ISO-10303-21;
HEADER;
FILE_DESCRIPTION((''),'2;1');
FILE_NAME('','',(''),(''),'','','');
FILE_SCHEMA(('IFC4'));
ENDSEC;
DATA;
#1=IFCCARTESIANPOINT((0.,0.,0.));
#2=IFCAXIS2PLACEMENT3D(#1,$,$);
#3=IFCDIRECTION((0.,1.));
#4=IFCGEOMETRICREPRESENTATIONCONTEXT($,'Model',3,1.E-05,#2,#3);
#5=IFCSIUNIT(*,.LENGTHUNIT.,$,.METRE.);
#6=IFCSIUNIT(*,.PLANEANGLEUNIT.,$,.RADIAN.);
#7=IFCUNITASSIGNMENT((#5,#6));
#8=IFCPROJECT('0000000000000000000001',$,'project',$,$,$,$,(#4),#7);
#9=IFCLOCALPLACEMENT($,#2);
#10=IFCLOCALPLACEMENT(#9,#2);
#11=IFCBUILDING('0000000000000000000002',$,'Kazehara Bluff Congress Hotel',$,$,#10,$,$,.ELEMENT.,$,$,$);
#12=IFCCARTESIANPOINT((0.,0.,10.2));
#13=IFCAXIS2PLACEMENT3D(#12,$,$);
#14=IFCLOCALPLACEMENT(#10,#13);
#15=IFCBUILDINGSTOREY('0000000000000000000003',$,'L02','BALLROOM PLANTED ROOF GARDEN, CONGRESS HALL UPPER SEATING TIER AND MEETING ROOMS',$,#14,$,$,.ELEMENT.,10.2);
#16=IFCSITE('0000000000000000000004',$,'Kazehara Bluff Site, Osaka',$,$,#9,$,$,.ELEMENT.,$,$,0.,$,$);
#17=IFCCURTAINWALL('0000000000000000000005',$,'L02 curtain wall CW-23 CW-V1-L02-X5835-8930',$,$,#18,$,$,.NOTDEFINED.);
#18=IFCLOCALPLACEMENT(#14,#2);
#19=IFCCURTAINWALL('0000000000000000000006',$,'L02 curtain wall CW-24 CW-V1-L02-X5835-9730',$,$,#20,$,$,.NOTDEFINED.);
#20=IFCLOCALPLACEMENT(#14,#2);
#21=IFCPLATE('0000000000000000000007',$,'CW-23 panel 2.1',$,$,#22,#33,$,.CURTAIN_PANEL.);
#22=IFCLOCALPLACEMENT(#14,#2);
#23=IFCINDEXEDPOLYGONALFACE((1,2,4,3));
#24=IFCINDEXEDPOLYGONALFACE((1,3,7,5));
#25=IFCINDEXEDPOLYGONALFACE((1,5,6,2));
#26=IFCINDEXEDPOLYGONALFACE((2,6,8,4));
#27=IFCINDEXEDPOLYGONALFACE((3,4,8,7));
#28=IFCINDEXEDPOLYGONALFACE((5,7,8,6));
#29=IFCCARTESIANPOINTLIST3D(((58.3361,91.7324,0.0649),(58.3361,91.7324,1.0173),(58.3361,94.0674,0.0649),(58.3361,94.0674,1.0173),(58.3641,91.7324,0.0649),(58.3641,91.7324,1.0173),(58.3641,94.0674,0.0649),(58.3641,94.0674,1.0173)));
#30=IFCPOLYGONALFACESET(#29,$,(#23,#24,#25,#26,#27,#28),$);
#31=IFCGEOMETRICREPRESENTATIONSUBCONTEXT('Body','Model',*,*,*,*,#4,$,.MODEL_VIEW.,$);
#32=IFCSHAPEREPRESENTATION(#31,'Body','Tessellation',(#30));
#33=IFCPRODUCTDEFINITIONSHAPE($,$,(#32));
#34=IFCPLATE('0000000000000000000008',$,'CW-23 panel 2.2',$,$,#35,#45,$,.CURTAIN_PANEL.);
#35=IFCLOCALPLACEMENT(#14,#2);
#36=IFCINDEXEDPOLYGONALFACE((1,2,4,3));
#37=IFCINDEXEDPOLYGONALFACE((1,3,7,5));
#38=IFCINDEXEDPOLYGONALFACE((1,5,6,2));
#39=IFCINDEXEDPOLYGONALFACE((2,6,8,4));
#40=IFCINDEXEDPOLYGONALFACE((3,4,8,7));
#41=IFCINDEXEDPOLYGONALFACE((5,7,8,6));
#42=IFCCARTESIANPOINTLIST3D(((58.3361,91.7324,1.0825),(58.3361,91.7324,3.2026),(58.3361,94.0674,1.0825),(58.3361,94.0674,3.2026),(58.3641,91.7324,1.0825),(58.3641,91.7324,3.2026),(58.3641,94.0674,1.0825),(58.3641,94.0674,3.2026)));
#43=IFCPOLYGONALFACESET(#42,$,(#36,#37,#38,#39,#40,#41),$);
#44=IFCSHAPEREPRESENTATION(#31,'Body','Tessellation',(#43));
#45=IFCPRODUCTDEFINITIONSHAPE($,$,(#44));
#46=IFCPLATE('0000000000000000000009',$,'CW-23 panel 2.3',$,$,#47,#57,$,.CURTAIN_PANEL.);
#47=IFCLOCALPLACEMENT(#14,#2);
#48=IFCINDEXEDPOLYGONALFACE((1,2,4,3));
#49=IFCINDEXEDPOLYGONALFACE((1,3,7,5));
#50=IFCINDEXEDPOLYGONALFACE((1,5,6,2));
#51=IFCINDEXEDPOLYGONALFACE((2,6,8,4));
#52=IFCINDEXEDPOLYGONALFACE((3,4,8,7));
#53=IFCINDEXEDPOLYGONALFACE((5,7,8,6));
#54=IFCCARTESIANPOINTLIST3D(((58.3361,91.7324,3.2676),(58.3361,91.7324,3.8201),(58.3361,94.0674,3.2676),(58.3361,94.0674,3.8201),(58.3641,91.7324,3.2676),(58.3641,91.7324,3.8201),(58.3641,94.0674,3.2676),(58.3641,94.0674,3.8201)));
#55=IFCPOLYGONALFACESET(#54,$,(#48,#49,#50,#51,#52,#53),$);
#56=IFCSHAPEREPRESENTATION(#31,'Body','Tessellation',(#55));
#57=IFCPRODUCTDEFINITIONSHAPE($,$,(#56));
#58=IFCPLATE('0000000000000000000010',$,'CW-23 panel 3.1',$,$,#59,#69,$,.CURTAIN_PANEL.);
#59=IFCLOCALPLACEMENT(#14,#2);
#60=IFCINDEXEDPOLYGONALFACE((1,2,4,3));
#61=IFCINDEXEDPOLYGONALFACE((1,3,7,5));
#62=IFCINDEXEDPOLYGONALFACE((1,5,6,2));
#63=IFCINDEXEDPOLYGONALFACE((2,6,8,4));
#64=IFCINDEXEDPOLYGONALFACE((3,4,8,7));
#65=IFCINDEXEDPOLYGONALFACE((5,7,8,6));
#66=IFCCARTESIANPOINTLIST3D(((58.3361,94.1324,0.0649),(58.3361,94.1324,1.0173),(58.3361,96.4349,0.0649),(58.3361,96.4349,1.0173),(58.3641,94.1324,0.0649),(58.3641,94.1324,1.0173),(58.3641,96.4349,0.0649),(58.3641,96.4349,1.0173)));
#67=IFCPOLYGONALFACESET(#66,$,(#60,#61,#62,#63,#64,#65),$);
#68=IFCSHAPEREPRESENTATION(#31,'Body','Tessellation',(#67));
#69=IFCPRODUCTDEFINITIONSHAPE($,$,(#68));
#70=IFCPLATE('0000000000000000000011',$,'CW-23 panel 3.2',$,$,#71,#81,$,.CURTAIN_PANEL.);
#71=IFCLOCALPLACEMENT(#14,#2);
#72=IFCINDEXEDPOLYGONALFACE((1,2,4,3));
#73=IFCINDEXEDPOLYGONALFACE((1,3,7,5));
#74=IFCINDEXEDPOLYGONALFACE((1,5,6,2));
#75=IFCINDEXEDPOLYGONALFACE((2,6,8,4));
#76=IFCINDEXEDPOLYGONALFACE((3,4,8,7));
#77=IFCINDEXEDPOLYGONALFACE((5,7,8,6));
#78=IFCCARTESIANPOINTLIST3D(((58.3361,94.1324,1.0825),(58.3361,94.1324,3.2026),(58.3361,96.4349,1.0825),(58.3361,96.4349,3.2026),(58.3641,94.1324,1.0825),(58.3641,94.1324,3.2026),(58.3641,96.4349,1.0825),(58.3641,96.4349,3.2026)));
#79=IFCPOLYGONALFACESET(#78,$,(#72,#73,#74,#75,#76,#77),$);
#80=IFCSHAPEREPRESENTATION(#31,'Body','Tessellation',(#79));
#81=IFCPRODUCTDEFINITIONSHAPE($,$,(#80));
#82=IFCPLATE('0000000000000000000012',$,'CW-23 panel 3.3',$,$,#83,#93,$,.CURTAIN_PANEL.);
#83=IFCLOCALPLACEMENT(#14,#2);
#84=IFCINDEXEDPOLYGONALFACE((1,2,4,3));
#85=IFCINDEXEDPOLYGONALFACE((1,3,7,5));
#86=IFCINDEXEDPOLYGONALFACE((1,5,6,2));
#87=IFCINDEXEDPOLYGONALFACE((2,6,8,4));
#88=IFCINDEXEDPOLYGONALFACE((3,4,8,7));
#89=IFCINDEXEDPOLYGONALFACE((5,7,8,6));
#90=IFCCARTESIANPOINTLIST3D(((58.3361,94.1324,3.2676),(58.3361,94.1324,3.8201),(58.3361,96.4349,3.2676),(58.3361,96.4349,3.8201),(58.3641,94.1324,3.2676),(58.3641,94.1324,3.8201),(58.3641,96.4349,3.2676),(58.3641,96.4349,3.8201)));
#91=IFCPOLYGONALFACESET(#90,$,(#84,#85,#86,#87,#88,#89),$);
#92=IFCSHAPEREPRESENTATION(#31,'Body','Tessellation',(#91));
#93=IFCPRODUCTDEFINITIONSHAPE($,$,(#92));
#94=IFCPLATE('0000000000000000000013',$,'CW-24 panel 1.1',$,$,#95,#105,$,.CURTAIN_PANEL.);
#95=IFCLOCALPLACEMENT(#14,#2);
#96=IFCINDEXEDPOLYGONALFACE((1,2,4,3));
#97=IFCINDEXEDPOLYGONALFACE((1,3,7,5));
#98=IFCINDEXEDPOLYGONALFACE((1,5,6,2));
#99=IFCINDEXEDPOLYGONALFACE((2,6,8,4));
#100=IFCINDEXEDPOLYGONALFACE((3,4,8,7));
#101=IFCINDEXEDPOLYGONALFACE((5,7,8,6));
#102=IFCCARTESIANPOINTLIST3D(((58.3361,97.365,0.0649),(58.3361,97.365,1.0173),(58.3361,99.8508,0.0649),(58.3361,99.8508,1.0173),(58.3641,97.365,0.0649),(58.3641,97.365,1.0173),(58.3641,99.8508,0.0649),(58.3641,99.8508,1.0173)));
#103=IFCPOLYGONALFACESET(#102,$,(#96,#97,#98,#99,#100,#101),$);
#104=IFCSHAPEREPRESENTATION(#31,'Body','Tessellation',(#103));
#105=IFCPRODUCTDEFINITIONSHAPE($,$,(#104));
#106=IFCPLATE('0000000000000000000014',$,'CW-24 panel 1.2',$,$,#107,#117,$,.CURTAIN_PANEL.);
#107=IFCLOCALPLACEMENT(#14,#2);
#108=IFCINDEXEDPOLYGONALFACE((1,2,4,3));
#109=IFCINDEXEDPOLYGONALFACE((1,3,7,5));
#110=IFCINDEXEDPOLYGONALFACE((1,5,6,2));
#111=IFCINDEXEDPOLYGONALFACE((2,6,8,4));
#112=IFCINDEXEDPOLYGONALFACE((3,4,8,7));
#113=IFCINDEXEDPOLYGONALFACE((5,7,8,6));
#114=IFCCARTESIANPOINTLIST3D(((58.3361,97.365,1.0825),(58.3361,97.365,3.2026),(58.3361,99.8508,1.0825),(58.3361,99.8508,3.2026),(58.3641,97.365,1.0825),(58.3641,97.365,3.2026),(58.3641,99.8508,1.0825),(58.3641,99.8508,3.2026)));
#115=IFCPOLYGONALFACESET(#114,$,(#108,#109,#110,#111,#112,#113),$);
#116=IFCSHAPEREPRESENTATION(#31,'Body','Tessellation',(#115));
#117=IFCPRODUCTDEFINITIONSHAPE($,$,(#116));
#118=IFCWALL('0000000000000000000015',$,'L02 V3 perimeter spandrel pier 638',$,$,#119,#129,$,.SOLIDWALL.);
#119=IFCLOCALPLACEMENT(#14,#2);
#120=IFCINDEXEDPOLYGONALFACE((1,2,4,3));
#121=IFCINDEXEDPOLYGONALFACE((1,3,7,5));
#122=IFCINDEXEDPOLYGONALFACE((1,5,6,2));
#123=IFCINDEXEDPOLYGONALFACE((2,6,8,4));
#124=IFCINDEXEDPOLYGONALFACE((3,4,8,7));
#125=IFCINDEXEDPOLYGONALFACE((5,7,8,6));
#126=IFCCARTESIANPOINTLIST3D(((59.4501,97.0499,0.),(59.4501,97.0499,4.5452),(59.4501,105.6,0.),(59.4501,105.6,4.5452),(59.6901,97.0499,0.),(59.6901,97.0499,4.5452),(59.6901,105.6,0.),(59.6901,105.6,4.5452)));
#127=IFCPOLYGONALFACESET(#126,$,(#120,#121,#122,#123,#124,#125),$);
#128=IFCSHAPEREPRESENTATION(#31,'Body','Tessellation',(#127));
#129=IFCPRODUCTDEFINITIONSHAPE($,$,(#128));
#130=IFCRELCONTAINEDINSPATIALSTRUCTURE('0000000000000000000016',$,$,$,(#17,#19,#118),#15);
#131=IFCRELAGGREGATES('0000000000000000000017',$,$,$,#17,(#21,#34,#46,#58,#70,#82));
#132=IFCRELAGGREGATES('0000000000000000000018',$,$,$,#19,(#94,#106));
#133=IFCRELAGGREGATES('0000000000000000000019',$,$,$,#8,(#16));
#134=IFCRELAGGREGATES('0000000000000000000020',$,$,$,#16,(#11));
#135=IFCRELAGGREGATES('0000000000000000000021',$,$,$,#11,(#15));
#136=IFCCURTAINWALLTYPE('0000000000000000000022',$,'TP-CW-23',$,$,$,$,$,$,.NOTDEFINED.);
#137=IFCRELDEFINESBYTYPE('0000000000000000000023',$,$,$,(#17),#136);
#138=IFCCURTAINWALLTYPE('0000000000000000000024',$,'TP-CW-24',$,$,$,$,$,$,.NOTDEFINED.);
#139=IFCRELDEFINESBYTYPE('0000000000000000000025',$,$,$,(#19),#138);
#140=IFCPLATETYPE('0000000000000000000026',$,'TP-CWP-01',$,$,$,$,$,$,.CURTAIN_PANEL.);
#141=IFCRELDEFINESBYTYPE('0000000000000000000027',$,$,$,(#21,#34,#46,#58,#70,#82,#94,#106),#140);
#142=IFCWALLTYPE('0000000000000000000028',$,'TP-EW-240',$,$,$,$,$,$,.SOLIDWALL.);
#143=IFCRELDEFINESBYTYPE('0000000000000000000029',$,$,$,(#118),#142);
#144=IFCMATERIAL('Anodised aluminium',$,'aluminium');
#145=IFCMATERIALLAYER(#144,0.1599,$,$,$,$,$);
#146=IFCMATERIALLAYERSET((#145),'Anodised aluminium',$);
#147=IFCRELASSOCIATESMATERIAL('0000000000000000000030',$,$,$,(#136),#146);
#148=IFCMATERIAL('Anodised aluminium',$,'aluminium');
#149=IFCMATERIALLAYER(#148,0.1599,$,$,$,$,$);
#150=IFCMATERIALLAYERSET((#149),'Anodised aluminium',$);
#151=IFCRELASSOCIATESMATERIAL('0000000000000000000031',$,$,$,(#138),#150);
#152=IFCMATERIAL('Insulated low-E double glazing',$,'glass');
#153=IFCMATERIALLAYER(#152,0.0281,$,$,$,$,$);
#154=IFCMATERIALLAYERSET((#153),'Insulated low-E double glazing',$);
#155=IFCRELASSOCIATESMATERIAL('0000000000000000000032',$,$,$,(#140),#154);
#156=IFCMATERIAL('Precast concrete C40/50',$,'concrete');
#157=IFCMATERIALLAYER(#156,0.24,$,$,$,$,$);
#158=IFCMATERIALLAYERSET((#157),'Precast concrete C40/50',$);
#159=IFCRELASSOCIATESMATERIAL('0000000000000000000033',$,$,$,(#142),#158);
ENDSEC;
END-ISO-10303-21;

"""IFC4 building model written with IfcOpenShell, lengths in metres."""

from ifc_helpers import new_model, si_unit, direction, frame, frame_2d, origin, origin_2d, place, context, subcontext, project, spatial, rectangle, extrude, material, layer, layer_set, type_object, element, aggregate, save


model = new_model("IFC4")

# Units and contexts
model_context = context("Model", 3, precision=1e-05, world=origin(), true_north=direction((0.0, 1.0)))
body_context = subcontext(model_context, "Body", "Model", "MODEL_VIEW")
ifc_project = project(units=[si_unit("LENGTHUNIT", "METRE"), si_unit("PLANEANGLEUNIT", "RADIAN")], contexts=[model_context])

# Site, building, storey
site_placement = place(None, origin())
site = spatial("IfcSite", under=ifc_project, at=site_placement, Name="Kazehara Bluff Site, Osaka", CompositionType="ELEMENT", RefElevation=0.0)
building_placement = place(site_placement, origin())
building = spatial("IfcBuilding", under=site, at=building_placement, Name="Kazehara Bluff Congress Hotel", CompositionType="ELEMENT")
storey_placement = place(building_placement, frame((0.0, 0.0, 10.2)))
storey = spatial("IfcBuildingStorey", under=building, at=storey_placement, Name="L02", Description="BALLROOM PLANTED ROOF GARDEN, CONGRESS HALL UPPER SEATING TIER AND MEETING ROOMS", CompositionType="ELEMENT", Elevation=10.2)

# Curtain wall
ifc_material_1 = material(Name="Anodised aluminium", Category="aluminium")
ifc_layer_1 = layer(ifc_material_1, 0.1599)
ifc_layer_set_1 = layer_set([ifc_layer_1], Name="Anodised aluminium")
curtain_wall_type_1 = type_object("IfcCurtainWallType", Name="TP-CW-23", PredefinedType="NOTDEFINED", material=ifc_layer_set_1)
curtain_wall_1_placement = place(storey_placement, origin())
curtain_wall_1 = element("IfcCurtainWall", 1, at=curtain_wall_1_placement, inside=storey, type_object=curtain_wall_type_1, Name="L02 curtain wall CW-23 CW-V1-L02-X5835-8930", PredefinedType="NOTDEFINED")

# Curtain wall
ifc_material_2 = material(Name="Anodised aluminium", Category="aluminium")
ifc_layer_2 = layer(ifc_material_2, 0.1599)
ifc_layer_set_2 = layer_set([ifc_layer_2], Name="Anodised aluminium")
curtain_wall_type_2 = type_object("IfcCurtainWallType", Name="TP-CW-24", PredefinedType="NOTDEFINED", material=ifc_layer_set_2)
curtain_wall_2_placement = place(storey_placement, origin())
curtain_wall_2 = element("IfcCurtainWall", 2, at=curtain_wall_2_placement, inside=storey, type_object=curtain_wall_type_2, Name="L02 curtain wall CW-24 CW-V1-L02-X5835-9730", PredefinedType="NOTDEFINED")

# Plates
ifc_material_3 = material(Name="Insulated low-E double glazing", Category="glass")
ifc_layer_3 = layer(ifc_material_3, 0.0281)
ifc_layer_set_3 = layer_set([ifc_layer_3], Name="Insulated low-E double glazing")
plate_type = type_object("IfcPlateType", Name="TP-CWP-01", PredefinedType="CURTAIN_PANEL", material=ifc_layer_set_3)
plate_1_placement = place(storey_placement, frame((58.3501, 92.8999, 0.0649), z_axis=(0.0, 0.0, 1.0), x_axis=(0.0, 1.0, 0.0)))
plate_1 = element("IfcPlate", 3, at=plate_1_placement, type_object=plate_type, Name="CW-23 panel 2.1", PredefinedType="CURTAIN_PANEL", context=body_context, shape_type="SweptSolid", body=[
    extrude(rectangle(XDim=2.335, YDim=0.0281, at=origin_2d()), origin(), (0.0, 0.0, 1.0), 0.9524),
])
plate_2_placement = place(storey_placement, frame((58.3501, 92.8999, 1.0825), z_axis=(0.0, 0.0, 1.0), x_axis=(0.0, 1.0, 0.0)))
plate_2 = element("IfcPlate", 4, at=plate_2_placement, type_object=plate_type, Name="CW-23 panel 2.2", PredefinedType="CURTAIN_PANEL", context=body_context, shape_type="SweptSolid", body=[
    extrude(rectangle(XDim=2.335, YDim=0.0281, at=origin_2d()), origin(), (0.0, 0.0, 1.0), 2.1201),
])
plate_3_placement = place(storey_placement, frame((58.3501, 92.8999, 3.2676), z_axis=(0.0, 0.0, 1.0), x_axis=(0.0, 1.0, 0.0)))
plate_3 = element("IfcPlate", 5, at=plate_3_placement, type_object=plate_type, Name="CW-23 panel 2.3", PredefinedType="CURTAIN_PANEL", context=body_context, shape_type="SweptSolid", body=[
    extrude(rectangle(XDim=2.335, YDim=0.0281, at=origin_2d()), origin(), (0.0, 0.0, 1.0), 0.5525),
])
plate_4_placement = place(storey_placement, frame((58.3501, 95.2837, 0.0649), z_axis=(0.0, 0.0, 1.0), x_axis=(0.0, 1.0, 0.0)))
plate_4 = element("IfcPlate", 6, at=plate_4_placement, type_object=plate_type, Name="CW-23 panel 3.1", PredefinedType="CURTAIN_PANEL", context=body_context, shape_type="SweptSolid", body=[
    extrude(rectangle(XDim=2.3025, YDim=0.0281, at=origin_2d()), origin(), (0.0, 0.0, 1.0), 0.9524),
])
plate_5_placement = place(storey_placement, frame((58.3501, 95.2837, 1.0825), z_axis=(0.0, 0.0, 1.0), x_axis=(0.0, 1.0, 0.0)))
plate_5 = element("IfcPlate", 7, at=plate_5_placement, type_object=plate_type, Name="CW-23 panel 3.2", PredefinedType="CURTAIN_PANEL", context=body_context, shape_type="SweptSolid", body=[
    extrude(rectangle(XDim=2.3025, YDim=0.0281, at=origin_2d()), origin(), (0.0, 0.0, 1.0), 2.1201),
])
plate_6_placement = place(storey_placement, frame((58.3501, 95.2837, 3.2676), z_axis=(0.0, 0.0, 1.0), x_axis=(0.0, 1.0, 0.0)))
plate_6 = element("IfcPlate", 8, at=plate_6_placement, type_object=plate_type, Name="CW-23 panel 3.3", PredefinedType="CURTAIN_PANEL", context=body_context, shape_type="SweptSolid", body=[
    extrude(rectangle(XDim=2.3025, YDim=0.0281, at=origin_2d()), origin(), (0.0, 0.0, 1.0), 0.5525),
])
aggregate(curtain_wall_1, [plate_1, plate_2, plate_3, plate_4, plate_5, plate_6])
plate_7_placement = place(storey_placement, frame((58.3501, 98.6079, 0.0649), z_axis=(0.0, 0.0, 1.0), x_axis=(0.0, 1.0, 0.0)))
plate_7 = element("IfcPlate", 9, at=plate_7_placement, type_object=plate_type, Name="CW-24 panel 1.1", PredefinedType="CURTAIN_PANEL", context=body_context, shape_type="SweptSolid", body=[
    extrude(rectangle(XDim=2.4858, YDim=0.0281, at=origin_2d()), origin(), (0.0, 0.0, 1.0), 0.9524),
])
plate_8_placement = place(storey_placement, frame((58.3501, 98.6079, 1.0825), z_axis=(0.0, 0.0, 1.0), x_axis=(0.0, 1.0, 0.0)))
plate_8 = element("IfcPlate", 10, at=plate_8_placement, type_object=plate_type, Name="CW-24 panel 1.2", PredefinedType="CURTAIN_PANEL", context=body_context, shape_type="SweptSolid", body=[
    extrude(rectangle(XDim=2.4858, YDim=0.0281, at=origin_2d()), origin(), (0.0, 0.0, 1.0), 2.1201),
])
aggregate(curtain_wall_2, [plate_7, plate_8])

# Wall
ifc_material_4 = material(Name="Precast concrete C40/50", Category="concrete")
ifc_layer_4 = layer(ifc_material_4, 0.24)
ifc_layer_set_4 = layer_set([ifc_layer_4], Name="Precast concrete C40/50")
wall_type = type_object("IfcWallType", Name="TP-EW-240", PredefinedType="SOLIDWALL", material=ifc_layer_set_4)
wall_placement = place(storey_placement, frame((59.5701, 97.05, 0.0), z_axis=(0.0, 0.0, 1.0), x_axis=(0.0, 1.0, 0.0)))
element("IfcWall", 11, at=wall_placement, inside=storey, type_object=wall_type, Name="L02 V3 perimeter spandrel pier 638", PredefinedType="SOLIDWALL", context=body_context, shape_type="SweptSolid", body=[
    extrude(rectangle(XDim=8.55, YDim=0.24, at=frame_2d((4.2749, 0.0))), origin(), (0.0, 0.0, 1.0), 4.5452),
])

save(model, "model.ifc")
